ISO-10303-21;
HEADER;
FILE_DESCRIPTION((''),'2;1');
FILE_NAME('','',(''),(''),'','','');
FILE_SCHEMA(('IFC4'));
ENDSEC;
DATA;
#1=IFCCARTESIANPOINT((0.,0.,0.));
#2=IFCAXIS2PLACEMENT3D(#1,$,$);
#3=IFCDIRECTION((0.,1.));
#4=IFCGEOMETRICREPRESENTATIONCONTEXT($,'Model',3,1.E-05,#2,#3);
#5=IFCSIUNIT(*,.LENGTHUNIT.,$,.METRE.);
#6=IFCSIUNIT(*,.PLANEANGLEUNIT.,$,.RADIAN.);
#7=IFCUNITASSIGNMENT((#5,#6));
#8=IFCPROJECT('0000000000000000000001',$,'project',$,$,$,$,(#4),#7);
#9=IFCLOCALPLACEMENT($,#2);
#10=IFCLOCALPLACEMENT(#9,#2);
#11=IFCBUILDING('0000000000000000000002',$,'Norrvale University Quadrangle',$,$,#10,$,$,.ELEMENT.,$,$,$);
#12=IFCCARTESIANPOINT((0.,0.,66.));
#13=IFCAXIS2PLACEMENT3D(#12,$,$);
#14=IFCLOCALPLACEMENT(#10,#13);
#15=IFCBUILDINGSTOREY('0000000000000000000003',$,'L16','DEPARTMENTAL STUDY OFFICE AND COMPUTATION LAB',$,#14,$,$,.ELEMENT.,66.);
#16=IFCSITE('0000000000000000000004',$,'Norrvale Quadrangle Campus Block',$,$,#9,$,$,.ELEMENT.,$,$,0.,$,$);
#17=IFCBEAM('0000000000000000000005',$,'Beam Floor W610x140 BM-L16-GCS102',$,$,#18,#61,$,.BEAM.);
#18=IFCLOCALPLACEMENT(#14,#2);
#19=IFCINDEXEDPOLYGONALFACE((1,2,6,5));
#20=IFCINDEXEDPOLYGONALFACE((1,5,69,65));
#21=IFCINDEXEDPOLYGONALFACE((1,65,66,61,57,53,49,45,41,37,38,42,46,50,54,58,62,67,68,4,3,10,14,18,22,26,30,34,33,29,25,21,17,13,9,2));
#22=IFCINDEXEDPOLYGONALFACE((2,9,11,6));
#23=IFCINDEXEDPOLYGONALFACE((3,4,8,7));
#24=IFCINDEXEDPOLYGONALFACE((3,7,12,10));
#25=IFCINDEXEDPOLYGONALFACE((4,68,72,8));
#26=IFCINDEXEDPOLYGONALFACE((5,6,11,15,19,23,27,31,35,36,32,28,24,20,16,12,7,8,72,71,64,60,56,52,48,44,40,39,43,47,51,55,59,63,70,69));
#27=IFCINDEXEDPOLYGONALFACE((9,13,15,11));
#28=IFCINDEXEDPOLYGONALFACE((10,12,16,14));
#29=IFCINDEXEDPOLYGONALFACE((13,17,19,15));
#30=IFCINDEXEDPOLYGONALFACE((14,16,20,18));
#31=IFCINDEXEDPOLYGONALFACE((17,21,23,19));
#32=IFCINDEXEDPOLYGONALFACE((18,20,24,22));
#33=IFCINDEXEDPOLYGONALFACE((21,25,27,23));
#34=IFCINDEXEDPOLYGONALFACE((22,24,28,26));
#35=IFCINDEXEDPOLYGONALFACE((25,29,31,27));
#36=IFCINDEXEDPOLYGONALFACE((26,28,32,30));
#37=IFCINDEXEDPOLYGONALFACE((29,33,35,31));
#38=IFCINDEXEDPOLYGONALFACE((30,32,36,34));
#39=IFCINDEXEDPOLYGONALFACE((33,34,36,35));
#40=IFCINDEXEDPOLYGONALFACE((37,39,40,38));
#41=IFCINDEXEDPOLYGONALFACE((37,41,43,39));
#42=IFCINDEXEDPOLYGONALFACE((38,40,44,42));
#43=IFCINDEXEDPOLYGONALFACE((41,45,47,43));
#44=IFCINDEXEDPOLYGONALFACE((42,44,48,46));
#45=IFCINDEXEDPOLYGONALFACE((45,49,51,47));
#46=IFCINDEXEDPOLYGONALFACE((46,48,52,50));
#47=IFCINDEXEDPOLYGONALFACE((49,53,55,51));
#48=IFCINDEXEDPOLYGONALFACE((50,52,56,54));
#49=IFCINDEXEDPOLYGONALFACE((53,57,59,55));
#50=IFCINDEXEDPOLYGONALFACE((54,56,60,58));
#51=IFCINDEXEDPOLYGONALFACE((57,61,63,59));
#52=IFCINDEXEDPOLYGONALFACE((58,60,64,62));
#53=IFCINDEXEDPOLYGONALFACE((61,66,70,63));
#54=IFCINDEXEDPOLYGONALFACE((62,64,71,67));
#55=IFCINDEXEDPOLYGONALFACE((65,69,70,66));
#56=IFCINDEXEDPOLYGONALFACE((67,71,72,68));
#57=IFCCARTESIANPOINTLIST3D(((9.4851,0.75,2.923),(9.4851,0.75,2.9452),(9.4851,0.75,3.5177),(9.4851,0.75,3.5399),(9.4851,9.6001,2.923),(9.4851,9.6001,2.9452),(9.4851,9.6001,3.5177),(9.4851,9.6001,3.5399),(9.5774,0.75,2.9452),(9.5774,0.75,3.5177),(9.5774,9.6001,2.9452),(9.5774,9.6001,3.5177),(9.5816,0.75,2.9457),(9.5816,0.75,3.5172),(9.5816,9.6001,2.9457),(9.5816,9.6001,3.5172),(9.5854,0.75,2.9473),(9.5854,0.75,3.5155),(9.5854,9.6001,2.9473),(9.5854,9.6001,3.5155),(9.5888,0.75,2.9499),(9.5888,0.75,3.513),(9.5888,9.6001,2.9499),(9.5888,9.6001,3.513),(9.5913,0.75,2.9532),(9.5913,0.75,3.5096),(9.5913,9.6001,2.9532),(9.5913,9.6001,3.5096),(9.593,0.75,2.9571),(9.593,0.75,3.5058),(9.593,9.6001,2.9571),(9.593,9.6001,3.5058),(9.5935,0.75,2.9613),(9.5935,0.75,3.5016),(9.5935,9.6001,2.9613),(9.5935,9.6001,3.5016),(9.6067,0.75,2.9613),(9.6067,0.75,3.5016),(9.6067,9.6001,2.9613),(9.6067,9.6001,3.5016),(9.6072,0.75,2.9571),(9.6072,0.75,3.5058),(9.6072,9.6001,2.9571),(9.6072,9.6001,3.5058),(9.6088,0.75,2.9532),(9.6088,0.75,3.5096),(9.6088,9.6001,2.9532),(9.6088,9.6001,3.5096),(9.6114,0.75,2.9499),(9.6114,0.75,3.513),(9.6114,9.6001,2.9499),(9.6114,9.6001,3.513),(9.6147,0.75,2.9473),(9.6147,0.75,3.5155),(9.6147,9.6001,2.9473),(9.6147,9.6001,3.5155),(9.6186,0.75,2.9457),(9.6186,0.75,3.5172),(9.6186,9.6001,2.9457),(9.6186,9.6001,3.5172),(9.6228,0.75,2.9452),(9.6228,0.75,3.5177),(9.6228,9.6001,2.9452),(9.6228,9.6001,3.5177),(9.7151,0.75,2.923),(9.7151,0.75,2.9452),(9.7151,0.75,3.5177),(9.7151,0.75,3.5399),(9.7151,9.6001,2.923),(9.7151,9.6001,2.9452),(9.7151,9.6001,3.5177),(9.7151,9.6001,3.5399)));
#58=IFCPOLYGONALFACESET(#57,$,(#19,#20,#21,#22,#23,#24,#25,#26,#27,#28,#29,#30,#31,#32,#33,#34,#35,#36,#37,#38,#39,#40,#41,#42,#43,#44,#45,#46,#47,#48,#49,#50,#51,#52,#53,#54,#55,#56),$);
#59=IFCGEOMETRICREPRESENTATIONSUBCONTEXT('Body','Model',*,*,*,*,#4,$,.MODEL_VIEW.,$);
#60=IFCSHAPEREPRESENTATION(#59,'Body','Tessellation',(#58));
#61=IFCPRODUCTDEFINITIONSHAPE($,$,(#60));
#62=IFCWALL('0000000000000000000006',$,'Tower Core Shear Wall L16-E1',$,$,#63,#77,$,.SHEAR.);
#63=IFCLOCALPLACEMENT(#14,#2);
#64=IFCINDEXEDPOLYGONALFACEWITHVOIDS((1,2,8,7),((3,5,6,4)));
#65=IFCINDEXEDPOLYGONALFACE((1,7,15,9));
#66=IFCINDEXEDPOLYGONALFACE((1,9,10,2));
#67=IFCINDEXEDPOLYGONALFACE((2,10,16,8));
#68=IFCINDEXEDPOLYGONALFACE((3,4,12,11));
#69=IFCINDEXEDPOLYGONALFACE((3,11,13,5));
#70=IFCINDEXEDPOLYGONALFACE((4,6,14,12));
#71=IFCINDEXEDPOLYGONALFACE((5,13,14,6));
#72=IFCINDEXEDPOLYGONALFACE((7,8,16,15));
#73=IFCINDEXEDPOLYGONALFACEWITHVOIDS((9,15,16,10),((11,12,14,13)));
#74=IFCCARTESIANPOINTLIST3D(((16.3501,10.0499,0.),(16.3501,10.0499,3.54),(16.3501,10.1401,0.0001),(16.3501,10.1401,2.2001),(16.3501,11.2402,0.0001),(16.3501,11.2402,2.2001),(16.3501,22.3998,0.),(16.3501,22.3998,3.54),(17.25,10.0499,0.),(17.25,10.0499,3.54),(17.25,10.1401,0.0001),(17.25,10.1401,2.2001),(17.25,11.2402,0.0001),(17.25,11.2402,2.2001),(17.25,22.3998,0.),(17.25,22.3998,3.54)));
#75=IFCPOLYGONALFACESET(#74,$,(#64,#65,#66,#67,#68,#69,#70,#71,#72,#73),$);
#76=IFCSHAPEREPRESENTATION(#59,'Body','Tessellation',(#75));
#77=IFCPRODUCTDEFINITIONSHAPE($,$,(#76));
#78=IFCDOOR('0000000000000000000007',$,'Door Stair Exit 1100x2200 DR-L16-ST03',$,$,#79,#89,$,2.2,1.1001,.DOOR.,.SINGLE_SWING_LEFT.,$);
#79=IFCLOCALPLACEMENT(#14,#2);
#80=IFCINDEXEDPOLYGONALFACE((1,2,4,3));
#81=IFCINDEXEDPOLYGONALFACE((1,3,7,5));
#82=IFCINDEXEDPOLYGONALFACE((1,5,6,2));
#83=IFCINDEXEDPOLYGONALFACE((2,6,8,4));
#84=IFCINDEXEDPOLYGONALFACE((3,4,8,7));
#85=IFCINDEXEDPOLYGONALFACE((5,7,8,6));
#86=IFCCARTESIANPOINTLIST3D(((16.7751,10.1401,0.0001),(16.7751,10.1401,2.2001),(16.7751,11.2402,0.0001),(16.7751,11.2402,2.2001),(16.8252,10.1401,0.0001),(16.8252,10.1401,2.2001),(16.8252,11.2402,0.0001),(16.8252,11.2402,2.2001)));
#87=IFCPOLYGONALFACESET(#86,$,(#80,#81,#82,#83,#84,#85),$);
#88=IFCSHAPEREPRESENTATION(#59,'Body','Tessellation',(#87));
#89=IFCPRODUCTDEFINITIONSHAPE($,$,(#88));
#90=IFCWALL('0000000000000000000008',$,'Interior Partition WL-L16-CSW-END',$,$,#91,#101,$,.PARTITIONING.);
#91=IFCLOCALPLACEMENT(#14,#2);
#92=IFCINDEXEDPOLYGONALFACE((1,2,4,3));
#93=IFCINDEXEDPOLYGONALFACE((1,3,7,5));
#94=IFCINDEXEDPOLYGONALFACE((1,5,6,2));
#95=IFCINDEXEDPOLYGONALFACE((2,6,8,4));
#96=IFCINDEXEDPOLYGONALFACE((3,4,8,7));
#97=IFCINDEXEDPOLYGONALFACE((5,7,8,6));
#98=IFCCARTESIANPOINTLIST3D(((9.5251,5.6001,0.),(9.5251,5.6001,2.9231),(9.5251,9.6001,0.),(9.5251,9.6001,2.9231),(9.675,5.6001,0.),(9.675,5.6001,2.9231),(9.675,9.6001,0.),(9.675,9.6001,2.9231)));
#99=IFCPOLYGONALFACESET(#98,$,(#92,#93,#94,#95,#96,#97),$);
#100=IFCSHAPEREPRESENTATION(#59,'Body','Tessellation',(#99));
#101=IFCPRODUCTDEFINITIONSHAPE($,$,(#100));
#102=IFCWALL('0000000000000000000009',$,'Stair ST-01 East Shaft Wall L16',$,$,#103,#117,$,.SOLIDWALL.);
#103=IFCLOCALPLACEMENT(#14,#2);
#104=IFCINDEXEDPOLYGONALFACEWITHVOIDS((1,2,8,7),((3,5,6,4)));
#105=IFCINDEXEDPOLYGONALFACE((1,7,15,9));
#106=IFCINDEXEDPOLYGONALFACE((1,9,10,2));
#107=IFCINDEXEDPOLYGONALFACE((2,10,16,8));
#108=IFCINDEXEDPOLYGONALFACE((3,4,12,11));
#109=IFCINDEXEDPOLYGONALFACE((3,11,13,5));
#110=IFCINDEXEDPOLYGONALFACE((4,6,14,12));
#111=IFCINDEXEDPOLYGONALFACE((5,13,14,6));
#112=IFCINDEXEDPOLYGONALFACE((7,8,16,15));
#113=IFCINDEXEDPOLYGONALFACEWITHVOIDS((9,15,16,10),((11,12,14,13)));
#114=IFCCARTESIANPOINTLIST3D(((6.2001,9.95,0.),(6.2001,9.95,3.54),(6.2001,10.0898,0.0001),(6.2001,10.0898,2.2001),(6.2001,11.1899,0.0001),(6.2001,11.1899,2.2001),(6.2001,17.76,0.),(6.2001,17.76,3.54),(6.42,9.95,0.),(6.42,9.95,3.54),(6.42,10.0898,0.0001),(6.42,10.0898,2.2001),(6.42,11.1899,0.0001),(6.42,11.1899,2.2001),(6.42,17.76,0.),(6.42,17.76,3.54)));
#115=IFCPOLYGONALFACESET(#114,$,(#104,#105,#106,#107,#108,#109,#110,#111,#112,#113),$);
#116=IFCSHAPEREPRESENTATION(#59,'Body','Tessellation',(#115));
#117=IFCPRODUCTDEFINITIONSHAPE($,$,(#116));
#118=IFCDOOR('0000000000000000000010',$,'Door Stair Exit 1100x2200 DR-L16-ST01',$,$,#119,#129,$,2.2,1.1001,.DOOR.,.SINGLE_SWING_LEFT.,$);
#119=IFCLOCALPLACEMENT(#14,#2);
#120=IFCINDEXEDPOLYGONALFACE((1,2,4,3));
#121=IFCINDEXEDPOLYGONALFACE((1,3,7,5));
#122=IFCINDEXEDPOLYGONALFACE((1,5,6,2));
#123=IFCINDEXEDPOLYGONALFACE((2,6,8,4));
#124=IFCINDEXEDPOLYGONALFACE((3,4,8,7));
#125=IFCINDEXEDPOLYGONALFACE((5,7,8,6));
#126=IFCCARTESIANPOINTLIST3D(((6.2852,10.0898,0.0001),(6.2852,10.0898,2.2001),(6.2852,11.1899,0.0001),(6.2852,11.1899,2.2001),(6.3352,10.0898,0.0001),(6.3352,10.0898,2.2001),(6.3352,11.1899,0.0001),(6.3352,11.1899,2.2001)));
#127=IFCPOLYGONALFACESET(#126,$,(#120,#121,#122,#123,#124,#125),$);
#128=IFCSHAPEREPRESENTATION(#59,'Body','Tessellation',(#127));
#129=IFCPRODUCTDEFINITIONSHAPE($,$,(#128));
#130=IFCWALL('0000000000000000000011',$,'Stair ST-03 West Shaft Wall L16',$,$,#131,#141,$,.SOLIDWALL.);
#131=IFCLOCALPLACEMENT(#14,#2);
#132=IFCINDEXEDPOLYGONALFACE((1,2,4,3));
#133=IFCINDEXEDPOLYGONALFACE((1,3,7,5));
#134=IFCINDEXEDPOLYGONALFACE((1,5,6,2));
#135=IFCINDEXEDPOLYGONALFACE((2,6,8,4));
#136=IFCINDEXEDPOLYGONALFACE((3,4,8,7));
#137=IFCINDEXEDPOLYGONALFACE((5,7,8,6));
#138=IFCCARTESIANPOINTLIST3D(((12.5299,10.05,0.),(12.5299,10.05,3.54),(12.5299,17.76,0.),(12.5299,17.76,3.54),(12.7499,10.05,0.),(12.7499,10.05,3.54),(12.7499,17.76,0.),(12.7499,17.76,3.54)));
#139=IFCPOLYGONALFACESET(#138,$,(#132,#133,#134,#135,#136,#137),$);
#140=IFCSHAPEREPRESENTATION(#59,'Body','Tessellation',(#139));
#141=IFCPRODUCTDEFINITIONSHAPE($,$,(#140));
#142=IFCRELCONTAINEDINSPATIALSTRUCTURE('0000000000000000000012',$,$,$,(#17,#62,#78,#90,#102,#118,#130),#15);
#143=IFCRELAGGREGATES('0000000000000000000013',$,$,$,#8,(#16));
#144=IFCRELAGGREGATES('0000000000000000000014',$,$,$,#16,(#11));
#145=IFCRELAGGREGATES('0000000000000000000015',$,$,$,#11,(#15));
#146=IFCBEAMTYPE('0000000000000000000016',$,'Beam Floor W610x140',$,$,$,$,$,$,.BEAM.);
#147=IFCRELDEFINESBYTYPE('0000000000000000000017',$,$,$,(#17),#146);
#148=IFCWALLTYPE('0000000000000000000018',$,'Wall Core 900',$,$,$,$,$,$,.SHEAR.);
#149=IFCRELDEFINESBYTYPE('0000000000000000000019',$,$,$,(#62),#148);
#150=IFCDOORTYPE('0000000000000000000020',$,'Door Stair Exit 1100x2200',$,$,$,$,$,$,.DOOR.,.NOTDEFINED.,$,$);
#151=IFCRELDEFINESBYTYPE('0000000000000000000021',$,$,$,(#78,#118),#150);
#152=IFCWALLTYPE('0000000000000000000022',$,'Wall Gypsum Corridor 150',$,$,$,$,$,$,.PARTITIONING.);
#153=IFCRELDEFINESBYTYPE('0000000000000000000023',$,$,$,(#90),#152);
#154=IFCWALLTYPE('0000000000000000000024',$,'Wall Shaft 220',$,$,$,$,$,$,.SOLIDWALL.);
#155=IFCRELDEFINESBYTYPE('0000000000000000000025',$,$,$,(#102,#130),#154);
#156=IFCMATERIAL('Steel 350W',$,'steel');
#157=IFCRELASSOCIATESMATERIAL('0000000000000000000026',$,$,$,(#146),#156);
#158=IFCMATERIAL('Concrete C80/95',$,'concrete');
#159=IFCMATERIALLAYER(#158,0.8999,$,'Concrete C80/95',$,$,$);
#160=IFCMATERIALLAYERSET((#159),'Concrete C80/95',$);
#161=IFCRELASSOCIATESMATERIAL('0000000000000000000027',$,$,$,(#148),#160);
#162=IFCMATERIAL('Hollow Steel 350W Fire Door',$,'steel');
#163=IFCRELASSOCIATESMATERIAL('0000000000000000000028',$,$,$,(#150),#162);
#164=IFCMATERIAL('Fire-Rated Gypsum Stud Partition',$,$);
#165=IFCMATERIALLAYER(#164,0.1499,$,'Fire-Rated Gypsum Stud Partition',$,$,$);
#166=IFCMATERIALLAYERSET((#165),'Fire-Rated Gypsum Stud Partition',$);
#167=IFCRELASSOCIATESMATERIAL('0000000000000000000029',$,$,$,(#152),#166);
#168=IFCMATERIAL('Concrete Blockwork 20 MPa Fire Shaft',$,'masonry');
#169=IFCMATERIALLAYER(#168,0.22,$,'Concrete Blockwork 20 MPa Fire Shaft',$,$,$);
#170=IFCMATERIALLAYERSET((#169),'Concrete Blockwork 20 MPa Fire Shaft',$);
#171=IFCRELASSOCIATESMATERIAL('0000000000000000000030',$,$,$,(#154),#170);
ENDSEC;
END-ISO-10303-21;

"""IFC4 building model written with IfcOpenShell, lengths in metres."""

from ifc_helpers import new_model, si_unit, direction, frame, frame_2d, origin, origin_2d, place, context, subcontext, project, spatial, rectangle, i_section, extrude, material, layer, layer_set, material_profile, profile_set, type_object, element, fill, save


model = new_model("IFC4")

# Units and contexts
model_context = context("Model", 3, precision=1e-05, world=origin(), true_north=direction((0.0, 1.0)))
body_context = subcontext(model_context, "Body", "Model", "MODEL_VIEW")
ifc_project = project(units=[si_unit("LENGTHUNIT", "METRE"), si_unit("PLANEANGLEUNIT", "RADIAN")], contexts=[model_context])

# Site, building, storey
site_placement = place(None, origin())
site = spatial("IfcSite", under=ifc_project, at=site_placement, Name="Norrvale Quadrangle Campus Block", CompositionType="ELEMENT", RefElevation=0.0)
building_placement = place(site_placement, origin())
building = spatial("IfcBuilding", under=site, at=building_placement, Name="Norrvale University Quadrangle", CompositionType="ELEMENT")
storey_placement = place(building_placement, frame((0.0, 0.0, 66.0)))
storey = spatial("IfcBuildingStorey", under=building, at=storey_placement, Name="L16", Description="DEPARTMENTAL STUDY OFFICE AND COMPUTATION LAB", CompositionType="ELEMENT", Elevation=66.0)

# Shared definitions
ifc_material_1 = material(Name="Concrete C80/95", Category="concrete")

# Beam
ifc_material_2 = material(Name="Steel 350W", Category="steel")
ifc_material_profile_1 = material_profile(ifc_material_2, i_section(OverallWidth=0.23, OverallDepth=0.6169, WebThickness=0.0132, FlangeThickness=0.0222, FilletRadius=0.0161, at=origin_2d()), Name="Steel 350W")
ifc_profile_set_1 = profile_set([ifc_material_profile_1], Name="Steel 350W")
beam_type_1 = type_object("IfcBeamType", Name="Beam Floor W610x140", PredefinedType="BEAM", material=ifc_profile_set_1)
beam_1_placement = place(storey_placement, frame((9.6001, 0.75, 3.2314), z_axis=(0.0, 1.0, 0.0), x_axis=(-1.0, 0.0, 0.0)))
element("IfcBeam", 1, at=beam_1_placement, inside=storey, type_object=beam_type_1, Name="Beam Floor W610x140 BM-L16-GCS102", PredefinedType="BEAM", context=body_context, shape_type="SweptSolid", body=[
    extrude(i_section(OverallWidth=0.23, OverallDepth=0.6169, WebThickness=0.0132, FlangeThickness=0.0222, FilletRadius=0.0161, at=origin_2d()), origin(), (0.0, 0.0, 1.0), 8.8501),
])

# Wall, opening, door
ifc_layer_1 = layer(ifc_material_1, 0.8999, Name="Concrete C80/95")
ifc_layer_set_1 = layer_set([ifc_layer_1], Name="Concrete C80/95")
wall_type_1 = type_object("IfcWallType", Name="Wall Core 900", PredefinedType="SHEAR", material=ifc_layer_set_1)
wall_1_placement = place(storey_placement, frame((16.8, 10.05, 0.0), z_axis=(0.0, 0.0, 1.0), x_axis=(0.0, 1.0, 0.0)))
wall_1 = element("IfcWall", 2, at=wall_1_placement, inside=storey, type_object=wall_type_1, Name="Tower Core Shear Wall L16-E1", PredefinedType="SHEAR", context=body_context, shape_type="SweptSolid", body=[
    extrude(rectangle(XDim=12.3499, YDim=0.8999, at=frame_2d((6.1748, 0.0))), origin(), (0.0, 0.0, 1.0), 3.54),
])
opening_1_placement = place(wall_1_placement, frame((0.0901, 0.0, 0.0)))
opening_1 = element("IfcOpeningElement", 3, at=opening_1_placement, cuts=wall_1, PredefinedType="OPENING", context=body_context, shape_type="SweptSolid", body=[
    extrude(rectangle(XDim=1.1001, YDim=2.2, at=frame_2d((0.55, 1.1001))), frame((0.0, 0.4619, 0.0), z_axis=(0.0, -1.0, 0.0), x_axis=(1.0, 0.0, 0.0)), (0.0, 0.0, 1.0), 0.9238),
])
ifc_material_3 = material(Name="Hollow Steel 350W Fire Door", Category="steel")
door_type = type_object("IfcDoorType", Name="Door Stair Exit 1100x2200", OperationType="NOTDEFINED", PredefinedType="DOOR", material=ifc_material_3)
door_1_placement = place(opening_1_placement, origin())
door_1 = element("IfcDoor", 4, at=door_1_placement, inside=storey, type_object=door_type, Name="Door Stair Exit 1100x2200 DR-L16-ST03", OperationType="SINGLE_SWING_LEFT", OverallHeight=2.2, OverallWidth=1.1001, PredefinedType="DOOR", context=body_context, shape_type="SweptSolid", body=[
    extrude(rectangle(XDim=1.1001, YDim=2.2, at=frame_2d((0.55, 1.1001))), frame((0.0, 0.0249, 0.0), z_axis=(0.0, -1.0, 0.0), x_axis=(1.0, 0.0, 0.0)), (0.0, 0.0, 1.0), 0.05),
])
fill(opening_1, door_1)

# Wall
ifc_material_4 = material(Name="Fire-Rated Gypsum Stud Partition")
ifc_layer_2 = layer(ifc_material_4, 0.1499, Name="Fire-Rated Gypsum Stud Partition")
ifc_layer_set_2 = layer_set([ifc_layer_2], Name="Fire-Rated Gypsum Stud Partition")
wall_type_2 = type_object("IfcWallType", Name="Wall Gypsum Corridor 150", PredefinedType="PARTITIONING", material=ifc_layer_set_2)
wall_2_placement = place(storey_placement, frame((9.6001, 5.6001, 0.0), z_axis=(0.0, 0.0, 1.0), x_axis=(0.0, 1.0, 0.0)))
element("IfcWall", 5, at=wall_2_placement, inside=storey, type_object=wall_type_2, Name="Interior Partition WL-L16-CSW-END", PredefinedType="PARTITIONING", context=body_context, shape_type="SweptSolid", body=[
    extrude(rectangle(XDim=4.0, YDim=0.1499, at=frame_2d((2.0, 0.0))), origin(), (0.0, 0.0, 1.0), 2.9231),
])

# Wall, opening, door
ifc_material_5 = material(Name="Concrete Blockwork 20 MPa Fire Shaft", Category="masonry")
ifc_layer_3 = layer(ifc_material_5, 0.22, Name="Concrete Blockwork 20 MPa Fire Shaft")
ifc_layer_set_3 = layer_set([ifc_layer_3], Name="Concrete Blockwork 20 MPa Fire Shaft")
wall_type_3 = type_object("IfcWallType", Name="Wall Shaft 220", PredefinedType="SOLIDWALL", material=ifc_layer_set_3)
wall_3_placement = place(storey_placement, frame((6.3101, 9.95, 0.0), z_axis=(0.0, 0.0, 1.0), x_axis=(0.0, 1.0, 0.0)))
wall_3 = element("IfcWall", 6, at=wall_3_placement, inside=storey, type_object=wall_type_3, Name="Stair ST-01 East Shaft Wall L16", PredefinedType="SOLIDWALL", context=body_context, shape_type="SweptSolid", body=[
    extrude(rectangle(XDim=7.8101, YDim=0.22, at=frame_2d((3.905, 0.0))), origin(), (0.0, 0.0, 1.0), 3.54),
])
opening_2_placement = place(wall_3_placement, frame((0.1399, 0.0, 0.0)))
opening_2 = element("IfcOpeningElement", 7, at=opening_2_placement, cuts=wall_3, PredefinedType="OPENING", context=body_context, shape_type="SweptSolid", body=[
    extrude(rectangle(XDim=1.1001, YDim=2.2, at=frame_2d((0.55, 1.1001))), frame((0.0, 0.1221, 0.0), z_axis=(0.0, -1.0, 0.0), x_axis=(1.0, 0.0, 0.0)), (0.0, 0.0, 1.0), 0.2439),
])
door_2_placement = place(opening_2_placement, origin())
door_2 = element("IfcDoor", 8, at=door_2_placement, inside=storey, type_object=door_type, Name="Door Stair Exit 1100x2200 DR-L16-ST01", OperationType="SINGLE_SWING_LEFT", OverallHeight=2.2, OverallWidth=1.1001, PredefinedType="DOOR", context=body_context, shape_type="SweptSolid", body=[
    extrude(rectangle(XDim=1.1001, YDim=2.2, at=frame_2d((0.55, 1.1001))), frame((0.0, 0.0249, 0.0), z_axis=(0.0, -1.0, 0.0), x_axis=(1.0, 0.0, 0.0)), (0.0, 0.0, 1.0), 0.05),
])
fill(opening_2, door_2)

# Wall
wall_4_placement = place(storey_placement, frame((12.6399, 10.05, 0.0), z_axis=(0.0, 0.0, 1.0), x_axis=(0.0, 1.0, 0.0)))
element("IfcWall", 9, at=wall_4_placement, inside=storey, type_object=wall_type_3, Name="Stair ST-03 West Shaft Wall L16", PredefinedType="SOLIDWALL", context=body_context, shape_type="SweptSolid", body=[
    extrude(rectangle(XDim=7.71, YDim=0.22, at=frame_2d((3.855, 0.0))), origin(), (0.0, 0.0, 1.0), 3.54),
])

save(model, "model.ifc")
